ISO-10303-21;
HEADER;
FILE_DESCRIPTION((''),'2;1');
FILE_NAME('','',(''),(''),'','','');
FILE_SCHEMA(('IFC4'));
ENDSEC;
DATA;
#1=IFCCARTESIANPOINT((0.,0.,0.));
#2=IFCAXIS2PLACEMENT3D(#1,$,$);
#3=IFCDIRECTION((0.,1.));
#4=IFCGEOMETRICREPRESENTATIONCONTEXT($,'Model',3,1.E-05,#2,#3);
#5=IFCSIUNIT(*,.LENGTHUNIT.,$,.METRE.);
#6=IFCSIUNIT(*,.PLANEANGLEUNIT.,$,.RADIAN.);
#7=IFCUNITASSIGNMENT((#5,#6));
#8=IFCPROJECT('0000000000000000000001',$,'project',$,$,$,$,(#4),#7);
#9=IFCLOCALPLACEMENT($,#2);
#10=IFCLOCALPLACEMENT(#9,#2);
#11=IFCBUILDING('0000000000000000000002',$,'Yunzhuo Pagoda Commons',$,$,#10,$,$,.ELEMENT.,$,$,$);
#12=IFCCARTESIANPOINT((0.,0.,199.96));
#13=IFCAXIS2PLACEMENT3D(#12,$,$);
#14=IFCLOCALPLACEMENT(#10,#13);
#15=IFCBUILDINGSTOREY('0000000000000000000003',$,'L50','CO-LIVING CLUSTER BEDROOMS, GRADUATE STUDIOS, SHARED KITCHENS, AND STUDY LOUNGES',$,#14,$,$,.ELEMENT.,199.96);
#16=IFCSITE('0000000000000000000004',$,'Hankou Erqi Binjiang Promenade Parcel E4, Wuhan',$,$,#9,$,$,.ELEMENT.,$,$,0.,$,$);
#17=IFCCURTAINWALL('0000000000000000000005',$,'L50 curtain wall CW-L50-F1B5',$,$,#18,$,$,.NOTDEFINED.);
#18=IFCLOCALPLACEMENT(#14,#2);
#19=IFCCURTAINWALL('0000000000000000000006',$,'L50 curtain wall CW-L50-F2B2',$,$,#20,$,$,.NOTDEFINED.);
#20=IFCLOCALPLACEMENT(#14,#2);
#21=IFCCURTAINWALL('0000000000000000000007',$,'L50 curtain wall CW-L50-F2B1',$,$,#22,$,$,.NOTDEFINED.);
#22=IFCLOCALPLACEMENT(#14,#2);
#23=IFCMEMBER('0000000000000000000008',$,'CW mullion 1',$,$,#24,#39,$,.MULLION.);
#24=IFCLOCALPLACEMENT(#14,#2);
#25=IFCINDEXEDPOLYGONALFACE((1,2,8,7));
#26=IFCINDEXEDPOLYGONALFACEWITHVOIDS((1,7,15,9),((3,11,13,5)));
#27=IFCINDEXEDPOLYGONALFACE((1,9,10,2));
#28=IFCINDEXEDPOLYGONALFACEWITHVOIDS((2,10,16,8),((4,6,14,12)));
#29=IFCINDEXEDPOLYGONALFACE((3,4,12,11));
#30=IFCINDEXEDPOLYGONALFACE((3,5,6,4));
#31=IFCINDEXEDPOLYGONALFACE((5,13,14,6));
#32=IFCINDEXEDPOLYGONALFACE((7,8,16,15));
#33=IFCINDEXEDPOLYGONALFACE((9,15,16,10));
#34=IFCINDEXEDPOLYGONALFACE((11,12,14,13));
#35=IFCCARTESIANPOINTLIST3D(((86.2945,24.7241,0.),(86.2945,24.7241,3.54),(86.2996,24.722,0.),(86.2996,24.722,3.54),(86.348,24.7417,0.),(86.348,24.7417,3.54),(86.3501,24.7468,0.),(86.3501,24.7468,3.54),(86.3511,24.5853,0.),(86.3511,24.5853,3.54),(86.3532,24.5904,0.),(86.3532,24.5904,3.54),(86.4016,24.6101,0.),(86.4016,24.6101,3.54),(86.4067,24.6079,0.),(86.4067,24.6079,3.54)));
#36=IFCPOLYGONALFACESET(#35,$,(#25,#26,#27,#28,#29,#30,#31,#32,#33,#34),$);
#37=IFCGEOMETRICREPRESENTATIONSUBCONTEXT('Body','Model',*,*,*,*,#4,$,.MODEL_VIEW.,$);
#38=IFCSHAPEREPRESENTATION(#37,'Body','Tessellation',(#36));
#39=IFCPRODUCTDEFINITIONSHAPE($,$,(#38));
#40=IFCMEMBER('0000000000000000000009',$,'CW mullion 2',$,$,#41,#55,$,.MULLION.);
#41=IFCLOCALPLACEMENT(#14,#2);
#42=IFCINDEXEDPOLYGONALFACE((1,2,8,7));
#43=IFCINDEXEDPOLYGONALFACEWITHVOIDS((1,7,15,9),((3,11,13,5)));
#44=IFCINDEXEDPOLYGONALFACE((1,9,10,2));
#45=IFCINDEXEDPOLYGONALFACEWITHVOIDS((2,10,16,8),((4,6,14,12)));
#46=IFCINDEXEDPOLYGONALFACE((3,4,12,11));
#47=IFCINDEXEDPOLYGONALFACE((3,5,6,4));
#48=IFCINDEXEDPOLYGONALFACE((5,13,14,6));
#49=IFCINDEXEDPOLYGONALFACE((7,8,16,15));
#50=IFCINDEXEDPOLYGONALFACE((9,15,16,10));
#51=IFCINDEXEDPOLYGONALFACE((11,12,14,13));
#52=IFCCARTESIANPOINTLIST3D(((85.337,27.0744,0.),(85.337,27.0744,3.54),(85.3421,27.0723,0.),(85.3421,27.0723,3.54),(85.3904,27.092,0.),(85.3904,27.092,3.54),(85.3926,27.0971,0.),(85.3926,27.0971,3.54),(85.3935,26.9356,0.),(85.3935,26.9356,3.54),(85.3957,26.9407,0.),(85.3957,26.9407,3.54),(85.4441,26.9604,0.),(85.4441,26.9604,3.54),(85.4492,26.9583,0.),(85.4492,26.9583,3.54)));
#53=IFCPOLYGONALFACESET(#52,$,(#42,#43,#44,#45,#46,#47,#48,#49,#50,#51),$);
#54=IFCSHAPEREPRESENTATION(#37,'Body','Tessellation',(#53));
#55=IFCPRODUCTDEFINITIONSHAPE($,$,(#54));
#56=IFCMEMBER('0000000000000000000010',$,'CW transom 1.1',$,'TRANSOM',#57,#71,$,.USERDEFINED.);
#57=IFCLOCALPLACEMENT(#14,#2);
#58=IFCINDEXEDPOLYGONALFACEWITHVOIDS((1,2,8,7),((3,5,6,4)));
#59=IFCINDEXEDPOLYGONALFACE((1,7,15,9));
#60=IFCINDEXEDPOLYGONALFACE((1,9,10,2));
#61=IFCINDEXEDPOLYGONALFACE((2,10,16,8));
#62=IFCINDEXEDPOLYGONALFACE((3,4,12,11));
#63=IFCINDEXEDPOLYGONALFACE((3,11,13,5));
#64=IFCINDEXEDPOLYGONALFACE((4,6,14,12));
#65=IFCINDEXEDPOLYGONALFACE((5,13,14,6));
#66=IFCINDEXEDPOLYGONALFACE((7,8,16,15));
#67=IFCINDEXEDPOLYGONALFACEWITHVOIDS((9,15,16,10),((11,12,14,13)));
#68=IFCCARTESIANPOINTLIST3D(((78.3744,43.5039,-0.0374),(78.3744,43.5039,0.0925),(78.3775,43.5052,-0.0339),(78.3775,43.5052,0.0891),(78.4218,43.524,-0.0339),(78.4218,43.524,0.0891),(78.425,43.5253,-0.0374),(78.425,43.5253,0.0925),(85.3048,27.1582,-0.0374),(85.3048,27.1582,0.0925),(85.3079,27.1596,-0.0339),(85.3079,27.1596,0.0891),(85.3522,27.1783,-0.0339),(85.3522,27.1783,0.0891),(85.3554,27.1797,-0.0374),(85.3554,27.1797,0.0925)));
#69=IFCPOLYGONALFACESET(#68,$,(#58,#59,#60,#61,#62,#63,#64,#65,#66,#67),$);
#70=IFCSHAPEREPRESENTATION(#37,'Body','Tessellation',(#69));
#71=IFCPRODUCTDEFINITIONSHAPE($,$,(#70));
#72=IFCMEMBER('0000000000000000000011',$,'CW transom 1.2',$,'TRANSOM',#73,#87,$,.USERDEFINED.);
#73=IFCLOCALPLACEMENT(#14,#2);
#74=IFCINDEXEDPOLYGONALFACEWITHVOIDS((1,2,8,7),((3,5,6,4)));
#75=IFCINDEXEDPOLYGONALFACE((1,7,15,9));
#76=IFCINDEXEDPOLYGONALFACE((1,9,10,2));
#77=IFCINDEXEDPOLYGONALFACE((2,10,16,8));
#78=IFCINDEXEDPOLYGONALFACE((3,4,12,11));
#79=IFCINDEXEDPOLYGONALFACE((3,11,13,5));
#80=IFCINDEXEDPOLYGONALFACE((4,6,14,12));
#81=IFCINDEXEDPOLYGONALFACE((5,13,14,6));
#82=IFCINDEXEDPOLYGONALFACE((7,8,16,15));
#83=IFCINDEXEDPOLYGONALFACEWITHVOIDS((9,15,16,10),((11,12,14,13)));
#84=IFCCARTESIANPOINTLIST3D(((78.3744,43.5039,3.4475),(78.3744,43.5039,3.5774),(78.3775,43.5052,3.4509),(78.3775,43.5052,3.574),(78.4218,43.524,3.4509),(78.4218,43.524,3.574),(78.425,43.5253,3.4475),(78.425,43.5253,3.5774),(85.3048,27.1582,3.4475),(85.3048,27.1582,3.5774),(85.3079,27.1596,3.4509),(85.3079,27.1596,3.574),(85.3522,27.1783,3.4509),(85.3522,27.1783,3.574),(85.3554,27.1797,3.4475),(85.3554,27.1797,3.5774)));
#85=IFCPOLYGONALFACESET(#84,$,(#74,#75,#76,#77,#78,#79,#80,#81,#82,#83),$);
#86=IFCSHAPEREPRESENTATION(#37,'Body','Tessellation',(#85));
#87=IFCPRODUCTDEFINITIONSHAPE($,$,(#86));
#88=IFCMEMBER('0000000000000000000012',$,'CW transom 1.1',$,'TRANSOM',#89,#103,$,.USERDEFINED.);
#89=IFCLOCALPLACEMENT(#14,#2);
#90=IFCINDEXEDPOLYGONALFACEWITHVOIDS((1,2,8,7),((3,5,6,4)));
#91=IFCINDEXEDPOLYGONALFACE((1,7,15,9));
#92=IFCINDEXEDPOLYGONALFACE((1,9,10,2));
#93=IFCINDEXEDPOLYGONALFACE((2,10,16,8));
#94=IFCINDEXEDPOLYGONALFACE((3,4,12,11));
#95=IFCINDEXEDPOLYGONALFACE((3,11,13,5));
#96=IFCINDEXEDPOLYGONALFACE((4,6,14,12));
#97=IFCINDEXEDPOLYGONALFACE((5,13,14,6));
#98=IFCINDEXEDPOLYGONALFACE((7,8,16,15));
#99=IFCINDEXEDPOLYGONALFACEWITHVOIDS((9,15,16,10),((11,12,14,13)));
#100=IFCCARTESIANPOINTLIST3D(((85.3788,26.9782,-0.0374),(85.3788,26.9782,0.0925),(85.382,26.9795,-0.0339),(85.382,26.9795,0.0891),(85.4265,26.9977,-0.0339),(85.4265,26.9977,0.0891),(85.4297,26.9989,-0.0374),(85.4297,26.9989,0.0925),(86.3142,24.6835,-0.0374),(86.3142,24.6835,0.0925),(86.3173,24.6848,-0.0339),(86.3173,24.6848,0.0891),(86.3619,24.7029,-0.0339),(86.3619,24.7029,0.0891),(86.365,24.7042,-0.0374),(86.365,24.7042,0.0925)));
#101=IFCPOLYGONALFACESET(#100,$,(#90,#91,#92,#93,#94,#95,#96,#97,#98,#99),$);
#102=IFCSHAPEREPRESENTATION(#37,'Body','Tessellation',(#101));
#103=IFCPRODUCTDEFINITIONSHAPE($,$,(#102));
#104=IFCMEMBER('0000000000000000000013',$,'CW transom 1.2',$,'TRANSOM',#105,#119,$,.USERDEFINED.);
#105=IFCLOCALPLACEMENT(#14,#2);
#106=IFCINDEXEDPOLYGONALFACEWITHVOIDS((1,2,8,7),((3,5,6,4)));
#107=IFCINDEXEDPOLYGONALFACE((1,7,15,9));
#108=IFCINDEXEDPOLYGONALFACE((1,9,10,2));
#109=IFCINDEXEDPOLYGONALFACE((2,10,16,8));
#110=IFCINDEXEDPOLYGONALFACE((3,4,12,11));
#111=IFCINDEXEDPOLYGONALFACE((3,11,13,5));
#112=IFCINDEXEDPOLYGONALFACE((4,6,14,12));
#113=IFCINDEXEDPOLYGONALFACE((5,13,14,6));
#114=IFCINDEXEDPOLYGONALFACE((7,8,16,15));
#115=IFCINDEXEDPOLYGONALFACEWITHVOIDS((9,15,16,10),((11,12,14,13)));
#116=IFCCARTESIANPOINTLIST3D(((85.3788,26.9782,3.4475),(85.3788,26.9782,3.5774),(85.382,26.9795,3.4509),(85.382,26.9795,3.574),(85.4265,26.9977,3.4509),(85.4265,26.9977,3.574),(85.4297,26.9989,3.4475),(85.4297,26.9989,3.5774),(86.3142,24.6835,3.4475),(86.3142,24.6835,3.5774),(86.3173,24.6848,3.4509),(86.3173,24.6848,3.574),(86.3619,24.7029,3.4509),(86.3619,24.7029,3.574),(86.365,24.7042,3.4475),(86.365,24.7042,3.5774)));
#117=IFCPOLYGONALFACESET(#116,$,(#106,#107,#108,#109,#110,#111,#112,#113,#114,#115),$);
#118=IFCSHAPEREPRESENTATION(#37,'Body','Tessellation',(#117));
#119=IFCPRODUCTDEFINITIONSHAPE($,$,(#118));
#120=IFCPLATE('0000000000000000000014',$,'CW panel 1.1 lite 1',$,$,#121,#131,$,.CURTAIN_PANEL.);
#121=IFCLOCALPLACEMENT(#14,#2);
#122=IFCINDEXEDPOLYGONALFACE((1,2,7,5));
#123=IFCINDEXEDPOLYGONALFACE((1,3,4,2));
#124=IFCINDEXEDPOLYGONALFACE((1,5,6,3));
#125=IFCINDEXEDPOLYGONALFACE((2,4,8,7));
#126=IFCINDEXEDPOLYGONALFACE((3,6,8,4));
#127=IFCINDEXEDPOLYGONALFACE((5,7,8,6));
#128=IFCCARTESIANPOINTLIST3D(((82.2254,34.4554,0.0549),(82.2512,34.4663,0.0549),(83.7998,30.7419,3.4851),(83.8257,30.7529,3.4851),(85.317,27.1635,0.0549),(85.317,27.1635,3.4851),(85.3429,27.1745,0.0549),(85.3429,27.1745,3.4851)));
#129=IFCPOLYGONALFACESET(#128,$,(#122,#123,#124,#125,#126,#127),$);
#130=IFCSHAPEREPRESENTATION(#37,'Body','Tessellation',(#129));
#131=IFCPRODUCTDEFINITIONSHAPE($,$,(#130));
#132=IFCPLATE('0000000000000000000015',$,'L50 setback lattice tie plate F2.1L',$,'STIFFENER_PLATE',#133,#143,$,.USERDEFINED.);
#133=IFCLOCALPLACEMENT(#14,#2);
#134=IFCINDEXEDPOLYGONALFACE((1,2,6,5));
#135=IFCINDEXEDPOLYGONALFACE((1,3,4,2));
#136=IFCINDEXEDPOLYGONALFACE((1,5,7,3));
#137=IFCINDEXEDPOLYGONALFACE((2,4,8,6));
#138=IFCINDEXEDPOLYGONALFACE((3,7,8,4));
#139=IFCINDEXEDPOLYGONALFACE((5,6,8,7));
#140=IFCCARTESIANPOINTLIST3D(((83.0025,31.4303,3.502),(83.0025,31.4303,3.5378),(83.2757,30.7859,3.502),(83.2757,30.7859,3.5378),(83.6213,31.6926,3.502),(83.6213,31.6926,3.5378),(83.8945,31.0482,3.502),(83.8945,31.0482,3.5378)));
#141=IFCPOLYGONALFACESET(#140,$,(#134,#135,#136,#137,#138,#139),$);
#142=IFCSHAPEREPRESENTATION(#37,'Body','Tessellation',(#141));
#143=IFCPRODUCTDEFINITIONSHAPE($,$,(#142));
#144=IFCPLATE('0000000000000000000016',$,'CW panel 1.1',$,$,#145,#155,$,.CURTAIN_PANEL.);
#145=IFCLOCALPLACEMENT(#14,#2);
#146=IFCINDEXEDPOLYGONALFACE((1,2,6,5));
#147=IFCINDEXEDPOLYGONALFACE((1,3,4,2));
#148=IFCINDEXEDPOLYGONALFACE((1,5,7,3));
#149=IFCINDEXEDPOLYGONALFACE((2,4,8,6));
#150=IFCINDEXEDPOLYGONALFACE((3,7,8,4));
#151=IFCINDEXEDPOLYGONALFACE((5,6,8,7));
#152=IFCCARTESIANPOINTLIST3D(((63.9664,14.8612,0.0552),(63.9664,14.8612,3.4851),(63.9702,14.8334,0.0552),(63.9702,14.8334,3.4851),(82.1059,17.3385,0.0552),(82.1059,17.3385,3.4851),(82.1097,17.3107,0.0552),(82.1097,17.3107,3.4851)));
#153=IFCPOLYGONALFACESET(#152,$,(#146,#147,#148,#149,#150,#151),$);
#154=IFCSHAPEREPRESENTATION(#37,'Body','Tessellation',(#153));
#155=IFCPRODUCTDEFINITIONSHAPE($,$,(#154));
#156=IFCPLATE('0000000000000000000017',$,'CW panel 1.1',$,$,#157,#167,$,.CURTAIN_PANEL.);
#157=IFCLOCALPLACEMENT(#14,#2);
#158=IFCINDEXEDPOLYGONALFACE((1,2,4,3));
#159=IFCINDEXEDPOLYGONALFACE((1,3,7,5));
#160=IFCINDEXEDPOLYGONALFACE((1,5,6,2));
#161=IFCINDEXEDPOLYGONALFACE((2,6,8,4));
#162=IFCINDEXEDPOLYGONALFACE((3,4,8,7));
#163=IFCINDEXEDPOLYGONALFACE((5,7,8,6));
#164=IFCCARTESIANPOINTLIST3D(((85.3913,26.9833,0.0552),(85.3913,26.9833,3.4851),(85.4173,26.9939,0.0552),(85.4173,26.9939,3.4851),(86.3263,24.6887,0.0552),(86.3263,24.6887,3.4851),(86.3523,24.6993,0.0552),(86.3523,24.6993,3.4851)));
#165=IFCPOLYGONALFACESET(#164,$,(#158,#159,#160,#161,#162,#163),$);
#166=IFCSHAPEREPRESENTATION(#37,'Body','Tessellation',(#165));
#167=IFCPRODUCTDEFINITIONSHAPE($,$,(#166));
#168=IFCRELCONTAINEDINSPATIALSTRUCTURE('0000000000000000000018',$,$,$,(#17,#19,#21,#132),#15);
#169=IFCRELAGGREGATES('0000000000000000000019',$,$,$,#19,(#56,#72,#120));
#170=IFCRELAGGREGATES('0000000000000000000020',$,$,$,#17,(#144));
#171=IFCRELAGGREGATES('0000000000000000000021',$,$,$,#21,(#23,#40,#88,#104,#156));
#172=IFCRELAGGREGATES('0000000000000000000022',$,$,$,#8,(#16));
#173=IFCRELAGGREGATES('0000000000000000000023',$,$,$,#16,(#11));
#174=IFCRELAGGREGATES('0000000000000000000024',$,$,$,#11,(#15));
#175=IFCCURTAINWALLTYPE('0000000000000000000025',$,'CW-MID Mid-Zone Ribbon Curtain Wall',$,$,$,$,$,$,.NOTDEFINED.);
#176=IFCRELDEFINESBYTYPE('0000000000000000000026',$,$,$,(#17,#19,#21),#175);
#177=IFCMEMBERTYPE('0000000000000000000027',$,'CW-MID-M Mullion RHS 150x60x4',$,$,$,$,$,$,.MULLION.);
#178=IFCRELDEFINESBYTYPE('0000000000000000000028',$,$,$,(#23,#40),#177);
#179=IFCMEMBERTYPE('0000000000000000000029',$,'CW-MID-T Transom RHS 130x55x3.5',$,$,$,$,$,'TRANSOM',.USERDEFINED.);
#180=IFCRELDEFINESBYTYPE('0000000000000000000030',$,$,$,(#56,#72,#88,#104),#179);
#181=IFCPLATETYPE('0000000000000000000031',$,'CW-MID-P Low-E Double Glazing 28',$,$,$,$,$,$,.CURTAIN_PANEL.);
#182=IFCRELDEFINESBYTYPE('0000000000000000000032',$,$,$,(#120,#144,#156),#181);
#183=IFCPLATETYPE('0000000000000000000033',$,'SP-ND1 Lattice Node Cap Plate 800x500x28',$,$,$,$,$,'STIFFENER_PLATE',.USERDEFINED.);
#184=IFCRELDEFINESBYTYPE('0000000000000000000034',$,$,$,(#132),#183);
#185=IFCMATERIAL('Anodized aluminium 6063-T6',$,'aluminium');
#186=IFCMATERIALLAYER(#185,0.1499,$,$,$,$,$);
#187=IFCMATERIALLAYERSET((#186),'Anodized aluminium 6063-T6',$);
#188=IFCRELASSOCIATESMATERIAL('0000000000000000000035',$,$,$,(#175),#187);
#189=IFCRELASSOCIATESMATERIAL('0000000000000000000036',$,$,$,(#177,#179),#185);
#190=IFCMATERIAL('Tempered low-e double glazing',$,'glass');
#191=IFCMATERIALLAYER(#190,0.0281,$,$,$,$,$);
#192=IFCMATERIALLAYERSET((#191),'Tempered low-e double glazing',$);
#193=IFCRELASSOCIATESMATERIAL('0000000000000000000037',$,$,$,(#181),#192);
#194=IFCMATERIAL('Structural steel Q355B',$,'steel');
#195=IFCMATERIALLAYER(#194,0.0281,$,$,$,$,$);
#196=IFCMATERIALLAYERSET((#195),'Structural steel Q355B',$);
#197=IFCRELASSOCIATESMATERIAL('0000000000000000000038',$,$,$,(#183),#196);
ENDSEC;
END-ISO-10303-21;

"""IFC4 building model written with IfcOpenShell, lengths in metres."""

from ifc_helpers import new_model, si_unit, direction, frame, origin, origin_2d, place, context, subcontext, project, spatial, polyline, rectangle, hollow_rectangle, outline, extrude, source, transform, mapped, material, layer, layer_set, material_profile, profile_set, type_object, element, aggregate, save


model = new_model("IFC4")

# Units and contexts
model_context = context("Model", 3, precision=1e-05, world=origin(), true_north=direction((0.0, 1.0)))
body_context = subcontext(model_context, "Body", "Model", "MODEL_VIEW")
ifc_project = project(units=[si_unit("LENGTHUNIT", "METRE"), si_unit("PLANEANGLEUNIT", "RADIAN")], contexts=[model_context])

# Site, building, storey
site_placement = place(None, origin())
site = spatial("IfcSite", under=ifc_project, at=site_placement, Name="Hankou Erqi Binjiang Promenade Parcel E4, Wuhan", CompositionType="ELEMENT", RefElevation=0.0)
building_placement = place(site_placement, origin())
building = spatial("IfcBuilding", under=site, at=building_placement, Name="Yunzhuo Pagoda Commons", CompositionType="ELEMENT")
storey_placement = place(building_placement, frame((0.0, 0.0, 199.96)))
storey = spatial("IfcBuildingStorey", under=building, at=storey_placement, Name="L50", Description="CO-LIVING CLUSTER BEDROOMS, GRADUATE STUDIOS, SHARED KITCHENS, AND STUDY LOUNGES", CompositionType="ELEMENT", Elevation=199.96)

# Shared definitions
ifc_material_1 = material(Name="Structural steel Q355B", Category="steel")

# Curtain walls
ifc_material_2 = material(Name="Anodized aluminium 6063-T6", Category="aluminium")
ifc_layer_1 = layer(ifc_material_2, 0.1499)
ifc_layer_set_1 = layer_set([ifc_layer_1], Name="Anodized aluminium 6063-T6")
curtain_wall_type = type_object("IfcCurtainWallType", Name="CW-MID Mid-Zone Ribbon Curtain Wall", PredefinedType="NOTDEFINED", material=ifc_layer_set_1)
curtain_wall_1_placement = place(storey_placement, origin())
curtain_wall_1 = element("IfcCurtainWall", 1, at=curtain_wall_1_placement, inside=storey, type_object=curtain_wall_type, Name="L50 curtain wall CW-L50-F1B5", PredefinedType="NOTDEFINED")
ifc_material_profile_1 = material_profile(ifc_material_2, hollow_rectangle(XDim=0.0601, YDim=0.1499, WallThickness=0.0039, at=origin_2d()), Name="Anodized aluminium 6063-T6")
ifc_profile_set_1 = profile_set([ifc_material_profile_1], Name="Anodized aluminium 6063-T6")
member_type_1 = type_object("IfcMemberType", Name="CW-MID-M Mullion RHS 150x60x4", PredefinedType="MULLION", material=ifc_profile_set_1)
shared_shape_1 = source(origin(), body_context, "Body", "SweptSolid", [
    extrude(hollow_rectangle(XDim=0.0601, YDim=0.1499, WallThickness=0.0039, at=origin_2d()), origin(), (0.0, 0.0, 1.0), 3.54),
])
curtain_wall_2_placement = place(storey_placement, origin())
curtain_wall_2 = element("IfcCurtainWall", 2, at=curtain_wall_2_placement, inside=storey, type_object=curtain_wall_type, Name="L50 curtain wall CW-L50-F2B2", PredefinedType="NOTDEFINED")

# Curtain wall, members
curtain_wall_3_placement = place(storey_placement, origin())
curtain_wall_3 = element("IfcCurtainWall", 3, at=curtain_wall_3_placement, inside=storey, type_object=curtain_wall_type, Name="L50 curtain wall CW-L50-F2B1", PredefinedType="NOTDEFINED")
member_1_placement = place(storey_placement, frame((86.3506, 24.666, 0.0), z_axis=(0.0, 0.0, 1.0), x_axis=(-0.926071, -0.377349, 0.0)))
member_1 = element("IfcMember", 4, at=member_1_placement, type_object=member_type_1, Name="CW mullion 1", PredefinedType="MULLION", context=body_context, shape_type="MappedRepresentation", body=[
    mapped(shared_shape_1, transform((0.0, 0.0, 0.0), scale=1.0)),
])
member_2_placement = place(storey_placement, frame((85.3931, 27.0164, 0.0), z_axis=(0.0, 0.0, 1.0), x_axis=(-0.926071, -0.377349, 0.0)))
member_2 = element("IfcMember", 5, at=member_2_placement, type_object=member_type_1, Name="CW mullion 2", PredefinedType="MULLION", context=body_context, shape_type="MappedRepresentation", body=[
    mapped(shared_shape_1, transform((0.0, 0.0, 0.0), scale=1.0)),
])

# Members
ifc_material_profile_2 = material_profile(ifc_material_2, hollow_rectangle(XDim=0.0549, YDim=0.1299, WallThickness=0.0034, at=origin_2d()), Name="Anodized aluminium 6063-T6")
ifc_profile_set_2 = profile_set([ifc_material_profile_2], Name="Anodized aluminium 6063-T6")
member_type_2 = type_object("IfcMemberType", Name="CW-MID-T Transom RHS 130x55x3.5", ElementType="TRANSOM", PredefinedType="USERDEFINED", material=ifc_profile_set_2)
shared_shape_2 = source(origin(), body_context, "Body", "SweptSolid", [
    extrude(hollow_rectangle(XDim=0.0549, YDim=0.1299, WallThickness=0.0034, at=origin_2d()), origin(), (0.0, 0.0, 1.0), 17.7542),
])
member_3_placement = place(storey_placement, frame((85.3301, 27.1689, 0.0276), z_axis=(-0.390353, 0.920665, 0.0), x_axis=(-0.920665, -0.390353, 0.0)))
member_3 = element("IfcMember", 6, at=member_3_placement, type_object=member_type_2, Name="CW transom 1.1", ObjectType="TRANSOM", PredefinedType="USERDEFINED", context=body_context, shape_type="MappedRepresentation", body=[
    mapped(shared_shape_2, transform((0.0, 0.0, 0.0), scale=1.0)),
])
member_4_placement = place(storey_placement, frame((85.3301, 27.1689, 3.5125), z_axis=(-0.390353, 0.920665, 0.0), x_axis=(-0.920665, -0.390353, 0.0)))
member_4 = element("IfcMember", 7, at=member_4_placement, type_object=member_type_2, Name="CW transom 1.2", ObjectType="TRANSOM", PredefinedType="USERDEFINED", context=body_context, shape_type="MappedRepresentation", body=[
    mapped(shared_shape_2, transform((0.0, 0.0, 0.0), scale=1.0)),
])
shared_shape_3 = source(origin(), body_context, "Body", "SweptSolid", [
    extrude(hollow_rectangle(XDim=0.0549, YDim=0.1299, WallThickness=0.0034, at=origin_2d()), origin(), (0.0, 0.0, 1.0), 2.478),
])
member_5_placement = place(storey_placement, frame((86.3396, 24.6938, 0.0276), z_axis=(-0.377447, 0.926031, 0.0), x_axis=(-0.926031, -0.377447, 0.0)))
member_5 = element("IfcMember", 8, at=member_5_placement, type_object=member_type_2, Name="CW transom 1.1", ObjectType="TRANSOM", PredefinedType="USERDEFINED", context=body_context, shape_type="MappedRepresentation", body=[
    mapped(shared_shape_3, transform((0.0, 0.0, 0.0), scale=1.0)),
])
member_6_placement = place(storey_placement, frame((86.3396, 24.6938, 3.5125), z_axis=(-0.377447, 0.926031, 0.0), x_axis=(-0.926031, -0.377447, 0.0)))
member_6 = element("IfcMember", 9, at=member_6_placement, type_object=member_type_2, Name="CW transom 1.2", ObjectType="TRANSOM", PredefinedType="USERDEFINED", context=body_context, shape_type="MappedRepresentation", body=[
    mapped(shared_shape_3, transform((0.0, 0.0, 0.0), scale=1.0)),
])

# Plates
ifc_material_3 = material(Name="Tempered low-e double glazing", Category="glass")
ifc_layer_2 = layer(ifc_material_3, 0.0281)
ifc_layer_set_2 = layer_set([ifc_layer_2], Name="Tempered low-e double glazing")
plate_type_1 = type_object("IfcPlateType", Name="CW-MID-P Low-E Double Glazing 28", PredefinedType="CURTAIN_PANEL", material=ifc_layer_set_2)
plate_1_placement = place(storey_placement, frame((83.7712, 30.8093, 1.77), z_axis=(0.920667, 0.39035, 0.0), x_axis=(-0.39035, 0.920667, 0.0)))
plate_1 = element("IfcPlate", 10, at=plate_1_placement, type_object=plate_type_1, Name="CW panel 1.1 lite 1", PredefinedType="CURTAIN_PANEL", context=body_context, shape_type="SweptSolid", body=[
    extrude(outline(polyline([(-3.96, -1.7151), (3.9602, -1.7151), (-0.0732, 1.7151), (-3.96, 1.7151), (-3.96, -1.7151)])), origin(), (0.0, 0.0, 1.0), 0.0281),
])
aggregate(curtain_wall_2, [member_3, member_4, plate_1])
ifc_layer_3 = layer(ifc_material_1, 0.0281)
ifc_layer_set_3 = layer_set([ifc_layer_3], Name="Structural steel Q355B")
plate_type_2 = type_object("IfcPlateType", Name="SP-ND1 Lattice Node Cap Plate 800x500x28", ElementType="STIFFENER_PLATE", PredefinedType="USERDEFINED", material=ifc_layer_set_3)
shared_shape_4 = source(origin(), body_context, "Body", "SweptSolid", [
    extrude(rectangle(XDim=0.7, YDim=0.6721, at=origin_2d()), origin(), (0.0, 0.0, 1.0), 0.0359),
])
plate_2_placement = place(storey_placement, frame((83.4485, 31.2393, 3.502), z_axis=(0.0, 0.0, 1.0), x_axis=(-0.390346, 0.920668, 0.0)))
element("IfcPlate", 11, at=plate_2_placement, inside=storey, type_object=plate_type_2, Name="L50 setback lattice tie plate F2.1L", ObjectType="STIFFENER_PLATE", PredefinedType="USERDEFINED", context=body_context, shape_type="MappedRepresentation", body=[
    mapped(shared_shape_4, transform((0.0, 0.0, 0.0), scale=1.0)),
])
shared_shape_5 = source(origin(), body_context, "Body", "SweptSolid", [
    extrude(rectangle(XDim=18.3079, YDim=0.0281, at=origin_2d()), origin(), (0.0, 0.0, 1.0), 3.4299),
])
plate_3_placement = place(storey_placement, frame((73.0381, 16.0859, 0.0552), z_axis=(0.0, 0.0, 1.0), x_axis=(0.990803, 0.135312, 0.0)))
plate_3 = element("IfcPlate", 12, at=plate_3_placement, type_object=plate_type_1, Name="CW panel 1.1", PredefinedType="CURTAIN_PANEL", context=body_context, shape_type="MappedRepresentation", body=[
    mapped(shared_shape_5, transform((0.0, 0.0, 0.0), scale=1.0)),
])
aggregate(curtain_wall_1, [plate_3])
shared_shape_6 = source(origin(), body_context, "Body", "SweptSolid", [
    extrude(rectangle(XDim=2.4778, YDim=0.0281, at=origin_2d()), origin(), (0.0, 0.0, 1.0), 3.4299),
])
plate_4_placement = place(storey_placement, frame((85.8718, 25.8413, 0.0552), z_axis=(0.0, 0.0, 1.0), x_axis=(-0.377349, 0.926071, 0.0)))
plate_4 = element("IfcPlate", 13, at=plate_4_placement, type_object=plate_type_1, Name="CW panel 1.1", PredefinedType="CURTAIN_PANEL", context=body_context, shape_type="MappedRepresentation", body=[
    mapped(shared_shape_6, transform((0.0, 0.0, 0.0), scale=1.0)),
])
aggregate(curtain_wall_3, [member_1, member_2, member_5, member_6, plate_4])

save(model, "model.ifc")
